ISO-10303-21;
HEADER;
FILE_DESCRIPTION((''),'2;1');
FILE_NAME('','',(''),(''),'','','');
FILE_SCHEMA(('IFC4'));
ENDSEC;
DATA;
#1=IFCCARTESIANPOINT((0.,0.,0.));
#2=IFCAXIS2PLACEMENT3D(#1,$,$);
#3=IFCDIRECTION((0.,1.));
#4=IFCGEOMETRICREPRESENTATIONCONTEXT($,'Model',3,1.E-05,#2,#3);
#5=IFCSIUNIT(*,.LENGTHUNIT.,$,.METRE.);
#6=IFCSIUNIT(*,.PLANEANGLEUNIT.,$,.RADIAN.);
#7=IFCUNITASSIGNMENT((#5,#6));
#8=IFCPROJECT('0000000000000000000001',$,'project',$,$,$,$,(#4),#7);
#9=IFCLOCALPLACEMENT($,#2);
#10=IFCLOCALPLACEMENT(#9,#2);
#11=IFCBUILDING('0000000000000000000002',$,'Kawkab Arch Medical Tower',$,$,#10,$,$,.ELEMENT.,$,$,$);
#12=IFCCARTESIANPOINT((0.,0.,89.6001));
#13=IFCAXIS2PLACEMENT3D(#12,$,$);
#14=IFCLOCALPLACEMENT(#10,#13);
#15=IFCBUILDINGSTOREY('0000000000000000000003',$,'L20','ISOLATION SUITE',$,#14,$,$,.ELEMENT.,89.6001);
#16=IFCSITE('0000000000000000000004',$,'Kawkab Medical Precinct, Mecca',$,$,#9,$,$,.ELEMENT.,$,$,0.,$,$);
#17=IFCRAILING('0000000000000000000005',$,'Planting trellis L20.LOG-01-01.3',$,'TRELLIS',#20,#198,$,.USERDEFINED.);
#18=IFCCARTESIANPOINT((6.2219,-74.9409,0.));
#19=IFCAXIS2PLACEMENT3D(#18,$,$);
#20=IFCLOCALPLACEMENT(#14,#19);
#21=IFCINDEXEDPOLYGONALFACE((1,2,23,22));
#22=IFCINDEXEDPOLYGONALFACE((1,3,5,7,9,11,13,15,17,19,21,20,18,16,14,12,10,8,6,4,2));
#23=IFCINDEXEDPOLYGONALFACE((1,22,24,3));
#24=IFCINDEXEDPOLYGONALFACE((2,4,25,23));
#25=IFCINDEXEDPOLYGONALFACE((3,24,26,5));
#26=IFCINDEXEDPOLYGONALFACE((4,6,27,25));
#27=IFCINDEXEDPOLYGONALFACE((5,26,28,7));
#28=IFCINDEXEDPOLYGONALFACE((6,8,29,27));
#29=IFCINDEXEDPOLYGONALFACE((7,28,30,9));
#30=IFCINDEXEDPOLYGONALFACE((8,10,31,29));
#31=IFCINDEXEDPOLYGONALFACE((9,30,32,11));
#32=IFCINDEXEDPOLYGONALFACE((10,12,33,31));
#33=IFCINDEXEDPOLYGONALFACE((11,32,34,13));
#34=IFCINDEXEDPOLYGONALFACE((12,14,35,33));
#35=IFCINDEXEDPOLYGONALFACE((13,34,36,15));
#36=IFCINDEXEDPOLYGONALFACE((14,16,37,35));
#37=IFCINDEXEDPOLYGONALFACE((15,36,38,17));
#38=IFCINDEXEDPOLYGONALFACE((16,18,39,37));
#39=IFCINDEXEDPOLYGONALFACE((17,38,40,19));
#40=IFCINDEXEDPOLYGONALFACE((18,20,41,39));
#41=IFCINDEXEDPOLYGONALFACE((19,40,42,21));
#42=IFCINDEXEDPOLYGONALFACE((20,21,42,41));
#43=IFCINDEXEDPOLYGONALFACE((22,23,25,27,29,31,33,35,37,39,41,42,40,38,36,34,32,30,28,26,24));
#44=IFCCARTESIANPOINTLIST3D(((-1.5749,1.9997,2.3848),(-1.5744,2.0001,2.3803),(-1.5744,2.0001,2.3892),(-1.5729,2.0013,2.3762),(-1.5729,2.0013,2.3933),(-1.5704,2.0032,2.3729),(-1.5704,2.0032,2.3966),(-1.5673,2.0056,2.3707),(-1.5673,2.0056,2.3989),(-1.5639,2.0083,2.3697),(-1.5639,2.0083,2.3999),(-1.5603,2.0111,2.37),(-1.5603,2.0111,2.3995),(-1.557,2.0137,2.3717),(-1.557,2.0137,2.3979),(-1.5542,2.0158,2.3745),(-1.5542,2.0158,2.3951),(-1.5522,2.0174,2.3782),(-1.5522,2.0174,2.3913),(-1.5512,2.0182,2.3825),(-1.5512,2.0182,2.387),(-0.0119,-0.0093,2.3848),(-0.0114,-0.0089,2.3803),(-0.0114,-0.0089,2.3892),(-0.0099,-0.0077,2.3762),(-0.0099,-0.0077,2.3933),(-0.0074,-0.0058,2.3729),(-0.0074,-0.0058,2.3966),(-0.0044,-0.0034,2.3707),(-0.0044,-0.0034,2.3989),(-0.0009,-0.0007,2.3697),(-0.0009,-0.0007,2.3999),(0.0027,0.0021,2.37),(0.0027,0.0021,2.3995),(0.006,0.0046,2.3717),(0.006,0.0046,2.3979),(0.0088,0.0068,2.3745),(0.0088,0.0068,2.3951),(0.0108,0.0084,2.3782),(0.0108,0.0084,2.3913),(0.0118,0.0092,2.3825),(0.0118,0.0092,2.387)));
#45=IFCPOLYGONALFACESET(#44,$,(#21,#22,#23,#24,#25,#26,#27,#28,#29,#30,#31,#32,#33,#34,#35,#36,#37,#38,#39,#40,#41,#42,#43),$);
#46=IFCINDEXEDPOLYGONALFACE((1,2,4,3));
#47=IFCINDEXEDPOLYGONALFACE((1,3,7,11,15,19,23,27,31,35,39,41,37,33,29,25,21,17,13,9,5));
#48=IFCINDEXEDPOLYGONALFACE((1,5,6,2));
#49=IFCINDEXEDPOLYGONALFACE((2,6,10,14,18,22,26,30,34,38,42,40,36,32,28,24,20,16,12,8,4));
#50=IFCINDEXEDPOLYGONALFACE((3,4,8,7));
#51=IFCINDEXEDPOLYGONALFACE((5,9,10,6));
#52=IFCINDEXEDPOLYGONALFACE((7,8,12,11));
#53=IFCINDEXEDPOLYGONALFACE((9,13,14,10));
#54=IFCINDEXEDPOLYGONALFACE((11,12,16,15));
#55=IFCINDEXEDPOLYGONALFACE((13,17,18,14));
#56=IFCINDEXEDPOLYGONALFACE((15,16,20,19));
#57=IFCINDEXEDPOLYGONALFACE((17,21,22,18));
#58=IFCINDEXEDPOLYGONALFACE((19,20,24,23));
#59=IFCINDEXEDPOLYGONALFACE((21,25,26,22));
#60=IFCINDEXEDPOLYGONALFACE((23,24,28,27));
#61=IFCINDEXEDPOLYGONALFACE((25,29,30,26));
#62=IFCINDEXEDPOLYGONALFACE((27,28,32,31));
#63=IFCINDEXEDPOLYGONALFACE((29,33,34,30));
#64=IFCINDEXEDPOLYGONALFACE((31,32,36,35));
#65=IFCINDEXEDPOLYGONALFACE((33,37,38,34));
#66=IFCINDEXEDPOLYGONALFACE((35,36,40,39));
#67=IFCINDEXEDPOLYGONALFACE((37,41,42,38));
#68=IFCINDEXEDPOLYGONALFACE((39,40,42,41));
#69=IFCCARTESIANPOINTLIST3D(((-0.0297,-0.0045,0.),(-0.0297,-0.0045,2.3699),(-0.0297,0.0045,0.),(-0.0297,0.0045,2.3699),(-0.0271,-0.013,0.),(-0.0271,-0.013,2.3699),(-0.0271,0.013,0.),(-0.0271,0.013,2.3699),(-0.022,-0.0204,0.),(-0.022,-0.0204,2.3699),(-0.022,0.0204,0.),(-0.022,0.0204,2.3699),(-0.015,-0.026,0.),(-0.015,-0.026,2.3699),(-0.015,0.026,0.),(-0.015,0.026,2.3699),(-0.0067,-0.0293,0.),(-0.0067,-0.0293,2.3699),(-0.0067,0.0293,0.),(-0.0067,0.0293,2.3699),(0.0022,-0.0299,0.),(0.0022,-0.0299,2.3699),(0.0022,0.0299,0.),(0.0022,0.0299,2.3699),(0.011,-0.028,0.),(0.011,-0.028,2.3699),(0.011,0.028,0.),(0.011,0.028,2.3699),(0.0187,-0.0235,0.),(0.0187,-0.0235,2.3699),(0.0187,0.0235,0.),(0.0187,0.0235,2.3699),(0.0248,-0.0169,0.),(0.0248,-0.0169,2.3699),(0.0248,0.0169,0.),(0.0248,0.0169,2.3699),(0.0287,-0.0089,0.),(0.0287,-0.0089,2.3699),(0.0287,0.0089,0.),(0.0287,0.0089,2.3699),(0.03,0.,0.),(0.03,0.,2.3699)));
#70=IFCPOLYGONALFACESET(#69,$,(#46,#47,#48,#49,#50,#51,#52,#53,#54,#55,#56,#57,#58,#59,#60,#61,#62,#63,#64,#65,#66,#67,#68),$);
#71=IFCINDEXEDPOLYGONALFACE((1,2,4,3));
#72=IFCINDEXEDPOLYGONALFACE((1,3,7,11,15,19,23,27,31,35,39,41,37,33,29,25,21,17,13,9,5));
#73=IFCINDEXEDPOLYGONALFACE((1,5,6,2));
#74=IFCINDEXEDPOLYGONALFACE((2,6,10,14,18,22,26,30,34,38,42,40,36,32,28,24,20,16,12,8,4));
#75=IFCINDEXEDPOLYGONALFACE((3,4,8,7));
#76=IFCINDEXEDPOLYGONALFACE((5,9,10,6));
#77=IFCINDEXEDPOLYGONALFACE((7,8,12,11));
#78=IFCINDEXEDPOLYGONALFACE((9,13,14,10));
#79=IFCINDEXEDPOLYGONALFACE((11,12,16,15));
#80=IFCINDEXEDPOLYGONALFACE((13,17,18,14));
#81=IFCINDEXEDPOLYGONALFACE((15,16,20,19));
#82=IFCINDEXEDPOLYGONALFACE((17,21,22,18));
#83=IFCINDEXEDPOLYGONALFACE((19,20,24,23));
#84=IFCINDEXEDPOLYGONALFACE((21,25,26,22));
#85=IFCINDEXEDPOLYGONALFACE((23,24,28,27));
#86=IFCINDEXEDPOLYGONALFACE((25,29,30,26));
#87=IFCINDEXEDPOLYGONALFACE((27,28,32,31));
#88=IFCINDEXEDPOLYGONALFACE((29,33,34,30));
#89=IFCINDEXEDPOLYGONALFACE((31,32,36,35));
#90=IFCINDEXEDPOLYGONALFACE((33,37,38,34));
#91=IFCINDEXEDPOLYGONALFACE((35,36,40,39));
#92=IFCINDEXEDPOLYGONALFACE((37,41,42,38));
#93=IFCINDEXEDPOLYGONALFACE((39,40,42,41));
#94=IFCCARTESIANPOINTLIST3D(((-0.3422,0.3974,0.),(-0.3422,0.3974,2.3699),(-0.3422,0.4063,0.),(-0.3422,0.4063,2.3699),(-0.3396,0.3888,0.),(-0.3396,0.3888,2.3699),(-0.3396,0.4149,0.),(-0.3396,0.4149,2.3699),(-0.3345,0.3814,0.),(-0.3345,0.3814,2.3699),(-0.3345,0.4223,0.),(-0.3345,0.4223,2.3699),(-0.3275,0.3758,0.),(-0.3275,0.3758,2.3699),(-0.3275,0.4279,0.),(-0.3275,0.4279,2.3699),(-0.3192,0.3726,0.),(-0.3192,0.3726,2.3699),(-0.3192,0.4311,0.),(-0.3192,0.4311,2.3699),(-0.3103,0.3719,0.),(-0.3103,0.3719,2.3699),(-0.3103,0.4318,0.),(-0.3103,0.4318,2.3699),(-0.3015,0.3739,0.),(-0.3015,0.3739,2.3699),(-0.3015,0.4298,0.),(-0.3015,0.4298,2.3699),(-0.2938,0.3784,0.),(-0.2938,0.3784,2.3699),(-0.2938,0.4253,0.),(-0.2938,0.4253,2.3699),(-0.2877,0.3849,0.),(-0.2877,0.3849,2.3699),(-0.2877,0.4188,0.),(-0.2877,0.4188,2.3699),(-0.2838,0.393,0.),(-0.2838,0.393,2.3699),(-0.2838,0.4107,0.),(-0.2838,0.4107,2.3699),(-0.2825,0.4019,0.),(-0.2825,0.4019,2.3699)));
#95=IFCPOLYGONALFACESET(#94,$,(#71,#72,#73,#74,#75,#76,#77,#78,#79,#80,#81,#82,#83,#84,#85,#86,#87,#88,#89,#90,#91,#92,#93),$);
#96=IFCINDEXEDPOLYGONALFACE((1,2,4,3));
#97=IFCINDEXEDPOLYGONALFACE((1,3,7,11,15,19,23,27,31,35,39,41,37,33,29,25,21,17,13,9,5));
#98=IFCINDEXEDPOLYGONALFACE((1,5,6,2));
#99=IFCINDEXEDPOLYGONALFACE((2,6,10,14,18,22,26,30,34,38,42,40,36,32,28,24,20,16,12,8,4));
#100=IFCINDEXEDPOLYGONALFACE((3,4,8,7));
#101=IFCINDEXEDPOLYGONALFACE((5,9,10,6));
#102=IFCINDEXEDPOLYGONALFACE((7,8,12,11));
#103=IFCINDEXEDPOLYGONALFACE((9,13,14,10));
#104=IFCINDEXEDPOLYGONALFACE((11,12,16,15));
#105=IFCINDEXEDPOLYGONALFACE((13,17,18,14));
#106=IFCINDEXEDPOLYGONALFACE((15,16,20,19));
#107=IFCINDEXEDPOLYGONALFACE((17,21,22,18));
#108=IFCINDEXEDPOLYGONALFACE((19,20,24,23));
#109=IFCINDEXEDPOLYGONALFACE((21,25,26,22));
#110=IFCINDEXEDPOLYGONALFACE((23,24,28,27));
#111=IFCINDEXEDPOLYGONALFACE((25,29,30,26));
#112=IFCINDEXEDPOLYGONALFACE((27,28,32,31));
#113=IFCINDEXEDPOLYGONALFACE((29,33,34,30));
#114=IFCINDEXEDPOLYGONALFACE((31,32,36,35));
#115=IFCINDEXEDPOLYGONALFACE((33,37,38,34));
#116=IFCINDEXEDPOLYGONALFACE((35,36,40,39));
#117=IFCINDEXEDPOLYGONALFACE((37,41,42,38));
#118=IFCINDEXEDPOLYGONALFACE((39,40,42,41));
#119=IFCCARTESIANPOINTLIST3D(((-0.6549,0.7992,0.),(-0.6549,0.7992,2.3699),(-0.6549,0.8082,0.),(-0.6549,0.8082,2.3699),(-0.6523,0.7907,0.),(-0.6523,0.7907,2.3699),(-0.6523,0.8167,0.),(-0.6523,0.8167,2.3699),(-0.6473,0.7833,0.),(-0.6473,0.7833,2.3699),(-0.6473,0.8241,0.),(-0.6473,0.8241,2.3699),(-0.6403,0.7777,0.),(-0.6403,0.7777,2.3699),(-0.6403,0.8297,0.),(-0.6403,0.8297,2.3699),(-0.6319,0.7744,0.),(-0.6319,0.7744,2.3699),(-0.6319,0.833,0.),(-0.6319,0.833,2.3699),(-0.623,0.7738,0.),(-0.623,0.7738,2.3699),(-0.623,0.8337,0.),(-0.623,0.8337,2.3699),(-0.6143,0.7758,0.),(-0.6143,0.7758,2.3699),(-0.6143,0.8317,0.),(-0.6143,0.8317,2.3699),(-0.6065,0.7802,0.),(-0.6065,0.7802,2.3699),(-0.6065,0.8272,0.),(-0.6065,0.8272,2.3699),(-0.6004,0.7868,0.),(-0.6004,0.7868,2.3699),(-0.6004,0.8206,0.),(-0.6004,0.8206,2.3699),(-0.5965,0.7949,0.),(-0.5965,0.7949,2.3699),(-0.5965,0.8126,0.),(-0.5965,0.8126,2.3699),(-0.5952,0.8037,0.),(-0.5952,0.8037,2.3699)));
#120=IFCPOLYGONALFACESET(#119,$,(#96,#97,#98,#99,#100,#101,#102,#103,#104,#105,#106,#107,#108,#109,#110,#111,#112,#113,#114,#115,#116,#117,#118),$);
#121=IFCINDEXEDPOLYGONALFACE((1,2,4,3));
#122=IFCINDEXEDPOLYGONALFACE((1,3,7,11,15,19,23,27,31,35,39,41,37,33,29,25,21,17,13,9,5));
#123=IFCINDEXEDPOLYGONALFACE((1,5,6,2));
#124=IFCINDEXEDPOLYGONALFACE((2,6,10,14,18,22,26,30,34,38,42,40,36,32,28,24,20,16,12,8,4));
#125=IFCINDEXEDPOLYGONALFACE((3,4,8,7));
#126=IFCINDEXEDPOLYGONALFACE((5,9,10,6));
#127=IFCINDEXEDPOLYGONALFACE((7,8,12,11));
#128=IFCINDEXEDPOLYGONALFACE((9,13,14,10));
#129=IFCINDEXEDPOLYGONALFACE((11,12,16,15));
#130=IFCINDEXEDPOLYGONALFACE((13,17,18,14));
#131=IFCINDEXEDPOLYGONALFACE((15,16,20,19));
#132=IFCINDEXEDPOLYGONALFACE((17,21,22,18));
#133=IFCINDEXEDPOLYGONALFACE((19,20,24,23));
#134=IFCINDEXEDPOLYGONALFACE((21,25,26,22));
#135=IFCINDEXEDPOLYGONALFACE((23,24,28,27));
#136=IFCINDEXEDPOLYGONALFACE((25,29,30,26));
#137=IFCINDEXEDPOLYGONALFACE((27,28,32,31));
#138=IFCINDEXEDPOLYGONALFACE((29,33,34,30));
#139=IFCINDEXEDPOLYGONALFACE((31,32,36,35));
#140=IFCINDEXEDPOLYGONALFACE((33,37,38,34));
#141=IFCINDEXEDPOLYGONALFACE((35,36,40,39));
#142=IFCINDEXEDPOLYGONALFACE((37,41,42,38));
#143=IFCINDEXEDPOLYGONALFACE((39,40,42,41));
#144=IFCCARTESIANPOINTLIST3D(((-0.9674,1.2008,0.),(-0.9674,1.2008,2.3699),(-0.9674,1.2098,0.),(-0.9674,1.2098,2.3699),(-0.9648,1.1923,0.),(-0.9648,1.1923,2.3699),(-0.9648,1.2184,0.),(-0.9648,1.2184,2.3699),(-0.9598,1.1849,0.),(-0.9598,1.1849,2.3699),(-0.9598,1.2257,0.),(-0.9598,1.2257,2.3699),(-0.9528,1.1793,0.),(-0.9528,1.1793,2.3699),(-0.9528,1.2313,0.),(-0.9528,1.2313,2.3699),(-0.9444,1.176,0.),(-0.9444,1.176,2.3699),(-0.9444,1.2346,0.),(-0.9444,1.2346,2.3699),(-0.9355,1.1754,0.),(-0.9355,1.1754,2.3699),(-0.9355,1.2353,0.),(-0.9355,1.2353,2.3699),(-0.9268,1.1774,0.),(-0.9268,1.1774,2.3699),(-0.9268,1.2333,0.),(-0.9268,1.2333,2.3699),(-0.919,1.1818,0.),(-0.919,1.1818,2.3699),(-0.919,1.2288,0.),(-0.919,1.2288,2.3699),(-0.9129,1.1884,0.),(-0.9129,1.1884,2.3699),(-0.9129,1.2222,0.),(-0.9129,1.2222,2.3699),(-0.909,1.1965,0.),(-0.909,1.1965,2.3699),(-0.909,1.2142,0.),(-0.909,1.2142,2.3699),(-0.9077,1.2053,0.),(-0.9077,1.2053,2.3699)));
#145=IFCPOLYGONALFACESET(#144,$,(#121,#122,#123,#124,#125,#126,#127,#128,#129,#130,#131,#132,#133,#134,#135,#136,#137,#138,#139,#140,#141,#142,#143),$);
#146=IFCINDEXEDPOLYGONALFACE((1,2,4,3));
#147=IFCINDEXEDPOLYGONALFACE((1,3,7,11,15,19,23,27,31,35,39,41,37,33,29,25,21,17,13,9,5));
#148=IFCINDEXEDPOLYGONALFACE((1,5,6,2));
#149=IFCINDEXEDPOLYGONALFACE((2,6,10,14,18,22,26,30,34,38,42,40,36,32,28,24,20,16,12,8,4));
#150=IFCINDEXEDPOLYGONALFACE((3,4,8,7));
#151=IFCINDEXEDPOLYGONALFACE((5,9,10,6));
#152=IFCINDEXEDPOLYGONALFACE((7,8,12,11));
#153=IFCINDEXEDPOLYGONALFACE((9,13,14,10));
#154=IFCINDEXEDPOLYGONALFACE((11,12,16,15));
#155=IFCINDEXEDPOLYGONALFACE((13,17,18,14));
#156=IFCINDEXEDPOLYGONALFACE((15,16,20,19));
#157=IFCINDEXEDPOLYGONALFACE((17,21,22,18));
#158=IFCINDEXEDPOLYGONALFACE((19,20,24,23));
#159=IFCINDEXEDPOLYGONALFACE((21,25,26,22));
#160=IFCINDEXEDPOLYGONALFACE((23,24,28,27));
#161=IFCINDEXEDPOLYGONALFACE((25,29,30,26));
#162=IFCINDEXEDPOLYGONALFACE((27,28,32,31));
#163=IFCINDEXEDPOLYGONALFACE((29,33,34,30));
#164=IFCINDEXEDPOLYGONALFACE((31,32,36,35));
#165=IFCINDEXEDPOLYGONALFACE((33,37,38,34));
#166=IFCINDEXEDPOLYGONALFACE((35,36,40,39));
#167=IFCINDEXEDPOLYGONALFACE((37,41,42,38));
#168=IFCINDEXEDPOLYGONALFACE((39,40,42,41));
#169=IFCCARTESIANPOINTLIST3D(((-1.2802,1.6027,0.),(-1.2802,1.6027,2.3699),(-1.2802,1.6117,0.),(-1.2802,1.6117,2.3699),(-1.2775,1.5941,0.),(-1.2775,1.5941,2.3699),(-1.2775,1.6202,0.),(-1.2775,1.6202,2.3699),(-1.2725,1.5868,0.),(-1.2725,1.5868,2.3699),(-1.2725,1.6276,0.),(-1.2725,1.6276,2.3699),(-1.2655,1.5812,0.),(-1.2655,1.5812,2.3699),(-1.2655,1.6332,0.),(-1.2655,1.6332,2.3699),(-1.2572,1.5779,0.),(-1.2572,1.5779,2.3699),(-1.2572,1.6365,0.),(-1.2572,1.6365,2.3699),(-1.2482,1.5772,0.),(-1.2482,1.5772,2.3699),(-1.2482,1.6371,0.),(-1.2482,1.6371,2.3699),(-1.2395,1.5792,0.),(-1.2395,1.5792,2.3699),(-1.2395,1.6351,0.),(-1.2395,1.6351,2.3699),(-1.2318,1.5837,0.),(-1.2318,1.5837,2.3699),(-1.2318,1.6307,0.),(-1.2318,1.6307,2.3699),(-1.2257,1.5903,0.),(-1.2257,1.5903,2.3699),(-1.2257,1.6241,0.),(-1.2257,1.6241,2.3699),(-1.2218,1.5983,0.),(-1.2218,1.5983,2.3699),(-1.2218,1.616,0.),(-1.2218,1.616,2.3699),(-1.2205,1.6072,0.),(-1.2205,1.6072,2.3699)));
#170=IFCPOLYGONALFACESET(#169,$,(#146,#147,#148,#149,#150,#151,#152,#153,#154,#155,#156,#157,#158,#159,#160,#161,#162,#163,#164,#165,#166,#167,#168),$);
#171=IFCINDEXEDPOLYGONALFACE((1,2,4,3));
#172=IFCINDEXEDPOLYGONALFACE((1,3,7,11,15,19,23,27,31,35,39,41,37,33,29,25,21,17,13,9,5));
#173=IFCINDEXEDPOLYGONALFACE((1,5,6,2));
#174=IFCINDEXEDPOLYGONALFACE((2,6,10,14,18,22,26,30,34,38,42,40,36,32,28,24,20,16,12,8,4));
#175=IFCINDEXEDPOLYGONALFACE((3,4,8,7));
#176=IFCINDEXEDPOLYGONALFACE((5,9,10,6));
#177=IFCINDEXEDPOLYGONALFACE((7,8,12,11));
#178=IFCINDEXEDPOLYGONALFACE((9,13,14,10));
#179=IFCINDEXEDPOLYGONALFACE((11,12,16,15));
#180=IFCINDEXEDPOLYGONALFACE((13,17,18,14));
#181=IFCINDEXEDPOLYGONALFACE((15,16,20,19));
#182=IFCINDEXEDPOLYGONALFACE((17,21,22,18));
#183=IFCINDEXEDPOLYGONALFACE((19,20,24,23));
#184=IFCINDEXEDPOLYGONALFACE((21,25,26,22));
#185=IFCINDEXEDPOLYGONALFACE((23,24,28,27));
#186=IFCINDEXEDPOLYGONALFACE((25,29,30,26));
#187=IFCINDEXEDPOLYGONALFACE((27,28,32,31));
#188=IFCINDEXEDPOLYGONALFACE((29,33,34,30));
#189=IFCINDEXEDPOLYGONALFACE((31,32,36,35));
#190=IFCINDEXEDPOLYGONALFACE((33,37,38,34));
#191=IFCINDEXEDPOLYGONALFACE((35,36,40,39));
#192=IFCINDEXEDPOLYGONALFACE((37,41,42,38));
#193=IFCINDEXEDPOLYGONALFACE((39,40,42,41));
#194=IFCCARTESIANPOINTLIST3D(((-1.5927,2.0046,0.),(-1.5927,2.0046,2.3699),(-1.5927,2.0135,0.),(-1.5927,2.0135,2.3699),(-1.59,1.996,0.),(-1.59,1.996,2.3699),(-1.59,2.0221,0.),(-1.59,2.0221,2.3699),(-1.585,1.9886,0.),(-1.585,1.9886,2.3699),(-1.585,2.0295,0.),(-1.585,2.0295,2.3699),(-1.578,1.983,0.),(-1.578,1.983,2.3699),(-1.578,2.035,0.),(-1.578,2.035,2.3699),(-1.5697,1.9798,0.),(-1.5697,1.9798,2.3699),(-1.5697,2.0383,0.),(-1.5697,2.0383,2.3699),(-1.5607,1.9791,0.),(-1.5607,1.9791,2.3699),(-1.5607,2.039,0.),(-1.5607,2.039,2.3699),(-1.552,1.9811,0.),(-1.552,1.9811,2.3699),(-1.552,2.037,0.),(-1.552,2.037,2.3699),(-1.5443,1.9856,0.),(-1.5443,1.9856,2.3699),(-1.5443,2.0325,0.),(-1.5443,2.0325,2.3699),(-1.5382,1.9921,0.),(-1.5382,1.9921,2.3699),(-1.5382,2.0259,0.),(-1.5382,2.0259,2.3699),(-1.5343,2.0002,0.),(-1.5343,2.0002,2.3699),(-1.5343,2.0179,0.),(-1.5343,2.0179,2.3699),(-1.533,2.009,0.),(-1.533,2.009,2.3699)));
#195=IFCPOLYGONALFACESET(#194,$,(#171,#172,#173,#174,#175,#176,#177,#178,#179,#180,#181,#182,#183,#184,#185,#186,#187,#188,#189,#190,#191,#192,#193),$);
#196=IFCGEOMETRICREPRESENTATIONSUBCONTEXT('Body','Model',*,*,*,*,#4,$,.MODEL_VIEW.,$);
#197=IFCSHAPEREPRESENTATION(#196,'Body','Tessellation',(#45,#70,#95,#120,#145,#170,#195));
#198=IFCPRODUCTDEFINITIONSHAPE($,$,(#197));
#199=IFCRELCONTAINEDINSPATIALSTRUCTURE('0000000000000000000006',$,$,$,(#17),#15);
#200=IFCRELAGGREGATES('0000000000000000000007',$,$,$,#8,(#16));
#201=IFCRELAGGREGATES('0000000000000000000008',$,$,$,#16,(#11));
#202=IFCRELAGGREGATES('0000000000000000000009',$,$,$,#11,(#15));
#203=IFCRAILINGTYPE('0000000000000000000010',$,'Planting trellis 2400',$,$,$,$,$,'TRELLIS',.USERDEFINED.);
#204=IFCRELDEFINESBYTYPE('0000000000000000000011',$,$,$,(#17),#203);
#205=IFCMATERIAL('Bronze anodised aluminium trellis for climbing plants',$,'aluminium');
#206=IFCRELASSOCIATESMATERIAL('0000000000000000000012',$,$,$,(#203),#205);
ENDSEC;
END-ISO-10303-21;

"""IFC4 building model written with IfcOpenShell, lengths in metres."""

from ifc_helpers import new_model, si_unit, direction, frame, origin, origin_2d, place, context, subcontext, project, spatial, circle, extrude, material, type_object, element, save


model = new_model("IFC4")

# Units and contexts
model_context = context("Model", 3, precision=1e-05, world=origin(), true_north=direction((0.0, 1.0)))
body_context = subcontext(model_context, "Body", "Model", "MODEL_VIEW")
ifc_project = project(units=[si_unit("LENGTHUNIT", "METRE"), si_unit("PLANEANGLEUNIT", "RADIAN")], contexts=[model_context])

# Site, building, storey
site_placement = place(None, origin())
site = spatial("IfcSite", under=ifc_project, at=site_placement, Name="Kawkab Medical Precinct, Mecca", CompositionType="ELEMENT", RefElevation=0.0)
building_placement = place(site_placement, origin())
building = spatial("IfcBuilding", under=site, at=building_placement, Name="Kawkab Arch Medical Tower", CompositionType="ELEMENT")
storey_placement = place(building_placement, frame((0.0, 0.0, 89.6001)))
storey = spatial("IfcBuildingStorey", under=building, at=storey_placement, Name="L20", Description="ISOLATION SUITE", CompositionType="ELEMENT", Elevation=89.6001)

# Railing
ifc_material_1 = material(Name="Bronze anodised aluminium trellis for climbing plants", Category="aluminium")
railing_type = type_object("IfcRailingType", Name="Planting trellis 2400", ElementType="TRELLIS", PredefinedType="USERDEFINED", material=ifc_material_1)
railing_1_placement = place(storey_placement, frame((6.2219, -74.9409, 0.0)))
element("IfcRailing", 1, at=railing_1_placement, inside=storey, type_object=railing_type, Name="Planting trellis L20.LOG-01-01.3", ObjectType="TRELLIS", PredefinedType="USERDEFINED", context=body_context, shape_type="SweptSolid", body=[
    extrude(circle(Radius=0.0151, at=origin_2d()), frame((0.0, 0.0, 2.3848), z_axis=(-0.61404, 0.789275, 0.0), x_axis=(-0.789275, -0.61404, 0.0)), (0.0, 0.0, 1.0), 2.5454),
    extrude(circle(Radius=0.03, at=origin_2d()), origin(), (0.0, 0.0, 1.0), 2.3699),
    extrude(circle(Radius=0.03, at=origin_2d()), frame((-0.3125, 0.4019, 0.0)), (0.0, 0.0, 1.0), 2.3699),
    extrude(circle(Radius=0.03, at=origin_2d()), frame((-0.6252, 0.8037, 0.0)), (0.0, 0.0, 1.0), 2.3699),
    extrude(circle(Radius=0.03, at=origin_2d()), frame((-0.9377, 1.2053, 0.0)), (0.0, 0.0, 1.0), 2.3699),
    extrude(circle(Radius=0.03, at=origin_2d()), frame((-1.2505, 1.6072, 0.0)), (0.0, 0.0, 1.0), 2.3699),
    extrude(circle(Radius=0.03, at=origin_2d()), frame((-1.563, 2.009, 0.0)), (0.0, 0.0, 1.0), 2.3699),
])

save(model, "model.ifc")
